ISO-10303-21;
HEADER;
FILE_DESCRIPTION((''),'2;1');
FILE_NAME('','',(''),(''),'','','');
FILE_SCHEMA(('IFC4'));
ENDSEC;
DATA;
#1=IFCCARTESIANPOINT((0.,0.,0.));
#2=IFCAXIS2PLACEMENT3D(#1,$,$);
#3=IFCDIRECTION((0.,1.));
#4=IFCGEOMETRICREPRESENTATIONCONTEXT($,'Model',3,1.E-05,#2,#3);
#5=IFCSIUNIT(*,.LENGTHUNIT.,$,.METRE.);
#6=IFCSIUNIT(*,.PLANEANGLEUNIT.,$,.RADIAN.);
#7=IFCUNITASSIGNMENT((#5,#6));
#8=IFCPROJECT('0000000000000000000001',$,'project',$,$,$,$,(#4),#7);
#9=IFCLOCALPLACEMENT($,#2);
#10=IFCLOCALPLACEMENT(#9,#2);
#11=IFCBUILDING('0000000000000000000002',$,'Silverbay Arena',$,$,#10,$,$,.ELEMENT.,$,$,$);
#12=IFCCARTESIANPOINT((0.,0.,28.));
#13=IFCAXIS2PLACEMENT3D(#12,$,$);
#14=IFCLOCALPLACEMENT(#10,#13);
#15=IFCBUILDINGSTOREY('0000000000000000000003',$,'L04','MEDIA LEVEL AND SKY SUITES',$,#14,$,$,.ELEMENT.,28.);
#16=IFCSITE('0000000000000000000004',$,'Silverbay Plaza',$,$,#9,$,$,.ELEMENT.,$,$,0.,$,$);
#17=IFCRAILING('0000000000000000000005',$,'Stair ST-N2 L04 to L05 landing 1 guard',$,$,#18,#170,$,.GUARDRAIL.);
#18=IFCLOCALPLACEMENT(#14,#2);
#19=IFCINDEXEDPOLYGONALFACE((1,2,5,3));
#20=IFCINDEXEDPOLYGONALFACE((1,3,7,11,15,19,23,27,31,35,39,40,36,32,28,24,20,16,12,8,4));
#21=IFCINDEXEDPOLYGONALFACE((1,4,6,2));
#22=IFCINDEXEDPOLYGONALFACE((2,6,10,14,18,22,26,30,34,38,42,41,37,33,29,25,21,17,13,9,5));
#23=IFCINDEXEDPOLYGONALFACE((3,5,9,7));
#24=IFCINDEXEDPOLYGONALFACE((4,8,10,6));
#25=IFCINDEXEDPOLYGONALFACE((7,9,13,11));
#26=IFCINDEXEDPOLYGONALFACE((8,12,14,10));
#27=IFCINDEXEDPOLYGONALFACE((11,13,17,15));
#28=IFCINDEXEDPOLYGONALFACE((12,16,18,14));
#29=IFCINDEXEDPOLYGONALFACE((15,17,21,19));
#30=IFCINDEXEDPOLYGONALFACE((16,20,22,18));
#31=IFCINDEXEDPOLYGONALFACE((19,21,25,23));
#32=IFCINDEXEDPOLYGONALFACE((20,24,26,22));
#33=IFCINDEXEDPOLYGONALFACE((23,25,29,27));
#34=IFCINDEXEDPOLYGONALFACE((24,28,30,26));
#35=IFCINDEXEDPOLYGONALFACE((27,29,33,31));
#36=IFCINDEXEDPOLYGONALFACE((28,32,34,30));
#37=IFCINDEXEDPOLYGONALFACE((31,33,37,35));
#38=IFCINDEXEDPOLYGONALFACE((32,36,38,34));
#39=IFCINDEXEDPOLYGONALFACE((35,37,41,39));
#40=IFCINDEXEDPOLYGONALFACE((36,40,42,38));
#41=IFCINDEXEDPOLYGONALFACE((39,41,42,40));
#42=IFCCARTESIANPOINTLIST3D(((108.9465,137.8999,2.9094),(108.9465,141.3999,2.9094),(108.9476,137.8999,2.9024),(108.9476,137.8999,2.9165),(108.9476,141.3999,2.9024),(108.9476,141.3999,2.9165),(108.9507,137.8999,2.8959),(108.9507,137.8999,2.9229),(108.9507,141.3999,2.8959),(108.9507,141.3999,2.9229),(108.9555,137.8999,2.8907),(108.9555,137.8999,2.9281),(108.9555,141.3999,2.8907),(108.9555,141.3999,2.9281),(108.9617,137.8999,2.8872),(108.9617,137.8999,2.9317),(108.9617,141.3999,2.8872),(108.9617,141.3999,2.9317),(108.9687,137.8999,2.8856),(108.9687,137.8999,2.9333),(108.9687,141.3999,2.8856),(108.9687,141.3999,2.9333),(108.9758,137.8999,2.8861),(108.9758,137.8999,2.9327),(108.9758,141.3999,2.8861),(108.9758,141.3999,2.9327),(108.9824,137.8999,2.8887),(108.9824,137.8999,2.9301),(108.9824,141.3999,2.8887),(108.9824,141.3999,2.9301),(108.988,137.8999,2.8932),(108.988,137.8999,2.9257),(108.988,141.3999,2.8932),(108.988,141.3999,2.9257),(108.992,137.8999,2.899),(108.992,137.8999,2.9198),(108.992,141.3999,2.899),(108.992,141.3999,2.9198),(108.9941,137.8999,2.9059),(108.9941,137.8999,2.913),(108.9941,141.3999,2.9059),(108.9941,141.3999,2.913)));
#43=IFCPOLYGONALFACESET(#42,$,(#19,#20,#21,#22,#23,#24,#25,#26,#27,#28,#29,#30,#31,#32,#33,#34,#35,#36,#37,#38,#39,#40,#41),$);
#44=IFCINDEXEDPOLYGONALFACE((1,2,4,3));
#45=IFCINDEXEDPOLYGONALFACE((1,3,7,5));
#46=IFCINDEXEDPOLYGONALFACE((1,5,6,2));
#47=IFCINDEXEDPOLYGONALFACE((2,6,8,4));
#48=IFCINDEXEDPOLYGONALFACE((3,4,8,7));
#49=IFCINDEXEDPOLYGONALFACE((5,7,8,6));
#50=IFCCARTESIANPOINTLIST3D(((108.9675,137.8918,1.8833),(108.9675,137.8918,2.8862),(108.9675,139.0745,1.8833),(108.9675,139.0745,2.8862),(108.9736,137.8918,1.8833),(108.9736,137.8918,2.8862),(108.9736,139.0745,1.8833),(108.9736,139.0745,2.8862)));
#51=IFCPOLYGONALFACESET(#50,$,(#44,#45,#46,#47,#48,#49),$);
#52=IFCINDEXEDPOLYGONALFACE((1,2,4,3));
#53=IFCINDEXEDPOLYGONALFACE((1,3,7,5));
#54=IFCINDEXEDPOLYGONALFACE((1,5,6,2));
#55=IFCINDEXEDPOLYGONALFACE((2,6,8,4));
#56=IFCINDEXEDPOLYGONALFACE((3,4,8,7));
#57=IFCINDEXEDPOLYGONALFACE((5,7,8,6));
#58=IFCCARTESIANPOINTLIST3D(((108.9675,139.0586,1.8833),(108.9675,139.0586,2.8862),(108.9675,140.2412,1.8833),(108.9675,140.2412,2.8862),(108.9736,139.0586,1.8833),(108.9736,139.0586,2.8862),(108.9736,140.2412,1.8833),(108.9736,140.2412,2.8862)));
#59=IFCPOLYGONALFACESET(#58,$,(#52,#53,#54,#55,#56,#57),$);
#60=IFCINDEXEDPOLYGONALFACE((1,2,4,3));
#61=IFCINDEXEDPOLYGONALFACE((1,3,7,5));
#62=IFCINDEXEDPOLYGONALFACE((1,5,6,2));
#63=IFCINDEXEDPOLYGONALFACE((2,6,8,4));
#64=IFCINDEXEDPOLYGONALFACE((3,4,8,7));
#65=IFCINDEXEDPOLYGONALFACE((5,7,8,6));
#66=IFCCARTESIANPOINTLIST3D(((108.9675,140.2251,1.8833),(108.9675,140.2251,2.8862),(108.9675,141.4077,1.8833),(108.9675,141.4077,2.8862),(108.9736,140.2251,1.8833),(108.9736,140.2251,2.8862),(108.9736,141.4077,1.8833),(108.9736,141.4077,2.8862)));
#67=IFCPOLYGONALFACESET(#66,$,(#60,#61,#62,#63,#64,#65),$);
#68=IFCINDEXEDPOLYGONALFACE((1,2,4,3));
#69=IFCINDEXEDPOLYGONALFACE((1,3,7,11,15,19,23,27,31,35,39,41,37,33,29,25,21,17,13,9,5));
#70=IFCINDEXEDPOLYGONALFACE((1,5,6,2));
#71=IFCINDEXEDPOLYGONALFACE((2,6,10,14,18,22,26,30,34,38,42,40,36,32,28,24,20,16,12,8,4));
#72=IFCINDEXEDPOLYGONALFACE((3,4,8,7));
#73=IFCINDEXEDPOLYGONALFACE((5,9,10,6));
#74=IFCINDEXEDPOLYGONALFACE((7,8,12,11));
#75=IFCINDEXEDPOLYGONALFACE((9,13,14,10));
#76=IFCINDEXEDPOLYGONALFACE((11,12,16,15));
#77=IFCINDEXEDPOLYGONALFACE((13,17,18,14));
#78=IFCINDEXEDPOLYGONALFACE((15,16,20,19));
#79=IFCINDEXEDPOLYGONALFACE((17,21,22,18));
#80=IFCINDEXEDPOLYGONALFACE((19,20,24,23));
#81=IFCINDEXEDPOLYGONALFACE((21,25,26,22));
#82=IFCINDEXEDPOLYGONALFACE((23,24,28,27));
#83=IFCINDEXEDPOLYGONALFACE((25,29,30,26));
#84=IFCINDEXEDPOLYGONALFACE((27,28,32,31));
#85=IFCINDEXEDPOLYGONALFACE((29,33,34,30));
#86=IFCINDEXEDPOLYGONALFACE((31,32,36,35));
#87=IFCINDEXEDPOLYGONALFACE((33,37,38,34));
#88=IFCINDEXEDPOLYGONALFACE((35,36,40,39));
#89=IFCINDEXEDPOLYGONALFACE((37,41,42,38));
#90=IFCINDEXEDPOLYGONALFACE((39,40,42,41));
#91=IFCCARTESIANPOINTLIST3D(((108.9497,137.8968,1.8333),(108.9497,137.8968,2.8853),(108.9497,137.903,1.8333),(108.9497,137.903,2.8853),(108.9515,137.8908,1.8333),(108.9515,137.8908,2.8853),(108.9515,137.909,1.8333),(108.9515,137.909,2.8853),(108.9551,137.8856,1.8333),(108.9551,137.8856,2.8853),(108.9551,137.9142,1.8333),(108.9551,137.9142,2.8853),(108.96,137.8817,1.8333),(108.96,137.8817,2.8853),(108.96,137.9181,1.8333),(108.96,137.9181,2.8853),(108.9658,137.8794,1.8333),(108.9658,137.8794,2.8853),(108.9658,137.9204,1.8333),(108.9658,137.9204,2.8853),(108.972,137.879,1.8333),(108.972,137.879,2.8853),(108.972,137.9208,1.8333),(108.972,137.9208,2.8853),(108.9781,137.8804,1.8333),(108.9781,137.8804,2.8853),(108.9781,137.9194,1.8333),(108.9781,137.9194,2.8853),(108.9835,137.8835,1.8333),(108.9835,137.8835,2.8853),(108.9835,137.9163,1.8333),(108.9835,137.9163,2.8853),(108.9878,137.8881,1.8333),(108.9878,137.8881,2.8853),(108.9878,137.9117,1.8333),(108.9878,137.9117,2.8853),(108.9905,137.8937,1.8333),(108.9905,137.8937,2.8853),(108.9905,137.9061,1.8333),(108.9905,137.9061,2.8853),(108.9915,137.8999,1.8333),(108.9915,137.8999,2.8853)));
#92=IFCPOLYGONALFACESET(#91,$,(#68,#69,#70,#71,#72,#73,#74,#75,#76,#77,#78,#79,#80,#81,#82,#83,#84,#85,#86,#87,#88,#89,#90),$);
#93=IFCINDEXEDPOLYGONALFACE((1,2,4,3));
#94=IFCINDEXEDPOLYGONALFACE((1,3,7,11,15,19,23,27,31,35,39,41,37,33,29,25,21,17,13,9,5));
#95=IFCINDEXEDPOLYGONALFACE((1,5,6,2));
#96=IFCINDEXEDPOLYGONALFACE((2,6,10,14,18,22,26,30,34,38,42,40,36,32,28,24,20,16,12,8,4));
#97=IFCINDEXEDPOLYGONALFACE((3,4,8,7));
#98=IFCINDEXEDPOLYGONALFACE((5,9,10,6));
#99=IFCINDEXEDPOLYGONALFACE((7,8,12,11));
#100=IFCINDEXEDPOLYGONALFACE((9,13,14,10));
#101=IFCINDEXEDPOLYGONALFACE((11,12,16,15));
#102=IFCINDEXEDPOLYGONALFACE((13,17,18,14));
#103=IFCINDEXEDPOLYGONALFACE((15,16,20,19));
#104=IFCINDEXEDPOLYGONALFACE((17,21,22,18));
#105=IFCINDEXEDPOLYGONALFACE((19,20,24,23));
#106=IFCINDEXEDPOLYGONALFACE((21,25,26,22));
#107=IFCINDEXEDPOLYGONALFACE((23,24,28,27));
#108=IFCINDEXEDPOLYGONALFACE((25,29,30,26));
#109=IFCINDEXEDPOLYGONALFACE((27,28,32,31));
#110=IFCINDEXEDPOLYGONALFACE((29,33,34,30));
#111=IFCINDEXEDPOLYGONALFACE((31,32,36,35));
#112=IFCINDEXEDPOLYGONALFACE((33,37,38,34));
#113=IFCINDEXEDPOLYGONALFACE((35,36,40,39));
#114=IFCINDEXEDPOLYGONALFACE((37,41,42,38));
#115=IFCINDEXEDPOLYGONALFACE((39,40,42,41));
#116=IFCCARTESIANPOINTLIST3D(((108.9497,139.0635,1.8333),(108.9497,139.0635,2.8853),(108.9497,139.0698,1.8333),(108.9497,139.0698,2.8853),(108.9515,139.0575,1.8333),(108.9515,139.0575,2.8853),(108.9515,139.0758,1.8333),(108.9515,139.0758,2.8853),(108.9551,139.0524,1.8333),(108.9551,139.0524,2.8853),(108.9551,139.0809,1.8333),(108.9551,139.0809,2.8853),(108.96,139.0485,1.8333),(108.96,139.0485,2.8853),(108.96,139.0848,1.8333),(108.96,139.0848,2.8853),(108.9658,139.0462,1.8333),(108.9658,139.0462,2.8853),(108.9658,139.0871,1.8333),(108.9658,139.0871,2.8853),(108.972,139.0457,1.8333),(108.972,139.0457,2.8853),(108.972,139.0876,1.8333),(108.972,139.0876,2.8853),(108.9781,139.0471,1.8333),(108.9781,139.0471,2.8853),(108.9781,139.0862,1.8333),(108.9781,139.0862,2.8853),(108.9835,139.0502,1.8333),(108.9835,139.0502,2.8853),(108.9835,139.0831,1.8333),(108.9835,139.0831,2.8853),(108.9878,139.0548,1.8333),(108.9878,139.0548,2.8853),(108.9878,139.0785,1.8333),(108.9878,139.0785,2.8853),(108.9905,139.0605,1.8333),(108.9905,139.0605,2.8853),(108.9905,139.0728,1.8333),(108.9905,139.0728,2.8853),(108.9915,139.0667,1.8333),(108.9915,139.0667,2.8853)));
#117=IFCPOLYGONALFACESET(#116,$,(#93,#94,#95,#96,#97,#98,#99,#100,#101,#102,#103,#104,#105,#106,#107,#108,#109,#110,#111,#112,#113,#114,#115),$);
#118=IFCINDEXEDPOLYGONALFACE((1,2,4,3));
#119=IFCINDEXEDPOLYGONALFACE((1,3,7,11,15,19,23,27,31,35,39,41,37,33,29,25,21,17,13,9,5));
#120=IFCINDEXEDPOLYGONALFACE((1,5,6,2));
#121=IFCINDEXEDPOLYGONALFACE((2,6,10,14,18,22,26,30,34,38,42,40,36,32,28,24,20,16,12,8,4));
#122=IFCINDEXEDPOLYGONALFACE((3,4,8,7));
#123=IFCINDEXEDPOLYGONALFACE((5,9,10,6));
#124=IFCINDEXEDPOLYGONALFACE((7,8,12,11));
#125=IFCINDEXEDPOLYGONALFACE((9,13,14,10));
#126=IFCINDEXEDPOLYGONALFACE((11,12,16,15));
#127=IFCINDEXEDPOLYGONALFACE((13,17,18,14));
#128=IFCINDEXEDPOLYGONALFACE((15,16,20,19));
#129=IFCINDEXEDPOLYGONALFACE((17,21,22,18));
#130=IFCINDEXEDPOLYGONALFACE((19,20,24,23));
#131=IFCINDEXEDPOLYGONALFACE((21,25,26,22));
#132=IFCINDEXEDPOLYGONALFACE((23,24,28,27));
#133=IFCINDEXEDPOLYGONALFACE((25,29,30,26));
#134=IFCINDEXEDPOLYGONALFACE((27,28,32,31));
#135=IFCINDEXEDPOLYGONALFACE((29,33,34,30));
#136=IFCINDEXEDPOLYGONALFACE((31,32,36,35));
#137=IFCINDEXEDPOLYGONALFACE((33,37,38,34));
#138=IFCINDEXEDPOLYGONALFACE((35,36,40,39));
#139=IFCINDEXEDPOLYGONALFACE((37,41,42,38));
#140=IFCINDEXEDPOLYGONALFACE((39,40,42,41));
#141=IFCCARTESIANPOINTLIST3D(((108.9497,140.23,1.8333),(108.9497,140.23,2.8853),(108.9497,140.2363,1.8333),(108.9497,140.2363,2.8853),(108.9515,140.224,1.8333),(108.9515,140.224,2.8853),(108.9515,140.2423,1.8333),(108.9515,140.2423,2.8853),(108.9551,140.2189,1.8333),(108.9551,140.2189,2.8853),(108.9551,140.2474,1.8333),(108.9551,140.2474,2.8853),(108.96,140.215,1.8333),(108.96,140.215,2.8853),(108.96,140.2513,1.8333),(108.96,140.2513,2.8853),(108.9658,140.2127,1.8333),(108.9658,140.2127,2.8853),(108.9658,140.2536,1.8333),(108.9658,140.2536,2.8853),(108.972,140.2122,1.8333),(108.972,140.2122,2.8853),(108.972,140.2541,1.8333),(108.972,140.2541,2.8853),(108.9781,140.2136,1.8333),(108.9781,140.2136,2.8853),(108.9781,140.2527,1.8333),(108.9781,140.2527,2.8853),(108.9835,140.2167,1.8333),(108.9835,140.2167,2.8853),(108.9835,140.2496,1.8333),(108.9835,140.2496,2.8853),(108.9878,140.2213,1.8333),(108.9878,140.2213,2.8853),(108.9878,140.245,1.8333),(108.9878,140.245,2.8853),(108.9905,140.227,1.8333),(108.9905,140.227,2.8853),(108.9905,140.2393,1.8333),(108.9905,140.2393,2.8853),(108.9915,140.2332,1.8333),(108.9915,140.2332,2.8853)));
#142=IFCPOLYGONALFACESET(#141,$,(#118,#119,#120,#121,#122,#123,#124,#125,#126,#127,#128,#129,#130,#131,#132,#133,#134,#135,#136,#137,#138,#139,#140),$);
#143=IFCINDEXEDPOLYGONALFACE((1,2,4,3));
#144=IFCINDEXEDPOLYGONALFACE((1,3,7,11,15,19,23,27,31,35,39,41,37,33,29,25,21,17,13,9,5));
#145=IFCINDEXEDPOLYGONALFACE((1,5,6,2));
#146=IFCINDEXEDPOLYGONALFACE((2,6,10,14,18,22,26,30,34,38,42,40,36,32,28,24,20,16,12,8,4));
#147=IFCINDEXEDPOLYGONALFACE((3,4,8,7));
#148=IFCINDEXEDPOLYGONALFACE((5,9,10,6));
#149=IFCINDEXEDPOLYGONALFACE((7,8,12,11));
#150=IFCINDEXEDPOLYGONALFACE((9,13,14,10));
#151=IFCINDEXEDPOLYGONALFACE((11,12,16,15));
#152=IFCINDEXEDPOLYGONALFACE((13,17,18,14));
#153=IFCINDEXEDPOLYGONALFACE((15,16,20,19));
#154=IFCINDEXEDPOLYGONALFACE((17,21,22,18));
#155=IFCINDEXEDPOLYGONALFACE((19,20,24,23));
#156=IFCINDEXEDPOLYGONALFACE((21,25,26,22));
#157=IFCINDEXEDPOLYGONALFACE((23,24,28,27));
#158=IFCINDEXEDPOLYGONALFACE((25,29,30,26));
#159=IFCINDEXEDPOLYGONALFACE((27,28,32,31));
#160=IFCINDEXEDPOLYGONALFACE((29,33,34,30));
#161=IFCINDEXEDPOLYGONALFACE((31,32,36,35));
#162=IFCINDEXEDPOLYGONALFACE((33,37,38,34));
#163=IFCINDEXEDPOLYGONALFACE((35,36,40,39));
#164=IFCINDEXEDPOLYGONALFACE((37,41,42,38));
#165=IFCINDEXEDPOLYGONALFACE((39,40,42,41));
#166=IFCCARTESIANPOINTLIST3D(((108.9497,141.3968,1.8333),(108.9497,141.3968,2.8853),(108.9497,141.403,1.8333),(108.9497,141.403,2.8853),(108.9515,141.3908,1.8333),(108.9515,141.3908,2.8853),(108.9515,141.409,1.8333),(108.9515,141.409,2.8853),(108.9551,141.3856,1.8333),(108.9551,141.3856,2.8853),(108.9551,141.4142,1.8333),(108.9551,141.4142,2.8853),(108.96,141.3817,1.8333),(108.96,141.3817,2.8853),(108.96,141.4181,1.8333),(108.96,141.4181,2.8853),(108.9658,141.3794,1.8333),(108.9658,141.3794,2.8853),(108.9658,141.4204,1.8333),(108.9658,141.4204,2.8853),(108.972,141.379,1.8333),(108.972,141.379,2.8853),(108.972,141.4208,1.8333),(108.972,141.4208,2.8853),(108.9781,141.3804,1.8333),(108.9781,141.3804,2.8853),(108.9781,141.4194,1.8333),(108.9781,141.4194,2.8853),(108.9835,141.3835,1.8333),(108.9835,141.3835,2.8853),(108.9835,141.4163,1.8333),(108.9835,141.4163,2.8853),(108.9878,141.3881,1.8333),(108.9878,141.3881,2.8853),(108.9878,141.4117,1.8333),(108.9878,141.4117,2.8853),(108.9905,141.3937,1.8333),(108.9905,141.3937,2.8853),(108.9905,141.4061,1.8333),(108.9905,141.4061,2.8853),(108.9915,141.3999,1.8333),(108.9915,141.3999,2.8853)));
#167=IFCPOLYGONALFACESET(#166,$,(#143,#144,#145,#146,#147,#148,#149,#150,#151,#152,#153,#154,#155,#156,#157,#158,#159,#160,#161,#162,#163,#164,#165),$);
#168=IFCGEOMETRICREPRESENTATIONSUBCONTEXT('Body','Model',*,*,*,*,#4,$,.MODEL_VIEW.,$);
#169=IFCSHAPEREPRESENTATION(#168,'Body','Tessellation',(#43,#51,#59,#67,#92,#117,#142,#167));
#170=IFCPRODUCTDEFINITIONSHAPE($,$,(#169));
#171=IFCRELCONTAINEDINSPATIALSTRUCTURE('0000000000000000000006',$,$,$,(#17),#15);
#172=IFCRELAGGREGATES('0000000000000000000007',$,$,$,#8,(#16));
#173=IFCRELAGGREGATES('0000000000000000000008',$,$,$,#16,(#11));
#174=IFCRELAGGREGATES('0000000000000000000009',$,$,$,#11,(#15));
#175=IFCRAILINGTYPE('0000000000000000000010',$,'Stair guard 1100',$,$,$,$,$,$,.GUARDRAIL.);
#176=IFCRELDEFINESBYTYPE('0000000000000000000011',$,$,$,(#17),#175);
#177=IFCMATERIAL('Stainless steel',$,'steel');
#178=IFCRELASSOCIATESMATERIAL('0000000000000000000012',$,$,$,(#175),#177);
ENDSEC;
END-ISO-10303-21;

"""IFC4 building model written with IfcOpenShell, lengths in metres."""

from ifc_helpers import new_model, si_unit, direction, frame, origin, origin_2d, place, context, subcontext, project, spatial, polyline, circle, outline, extrude, material, type_object, element, save


model = new_model("IFC4")

# Units and contexts
model_context = context("Model", 3, precision=1e-05, world=origin(), true_north=direction((0.0, 1.0)))
body_context = subcontext(model_context, "Body", "Model", "MODEL_VIEW")
ifc_project = project(units=[si_unit("LENGTHUNIT", "METRE"), si_unit("PLANEANGLEUNIT", "RADIAN")], contexts=[model_context])

# Site, building, storey
site_placement = place(None, origin())
site = spatial("IfcSite", under=ifc_project, at=site_placement, Name="Silverbay Plaza", CompositionType="ELEMENT", RefElevation=0.0)
building_placement = place(site_placement, origin())
building = spatial("IfcBuilding", under=site, at=building_placement, Name="Silverbay Arena", CompositionType="ELEMENT")
storey_placement = place(building_placement, frame((0.0, 0.0, 28.0)))
storey = spatial("IfcBuildingStorey", under=building, at=storey_placement, Name="L04", Description="MEDIA LEVEL AND SKY SUITES", CompositionType="ELEMENT", Elevation=28.0)

# Railing
ifc_material_1 = material(Name="Stainless steel", Category="steel")
railing_type_1 = type_object("IfcRailingType", Name="Stair guard 1100", PredefinedType="GUARDRAIL", material=ifc_material_1)
for number, where, name in (
    (1, (108.9705, 137.8999, 1.8333), "Stair ST-N2 L04 to L05 landing 1 guard"),
):
    element("IfcRailing", number, at=place(storey_placement, frame(where)), inside=storey, type_object=railing_type_1, Name=name, PredefinedType="GUARDRAIL", context=body_context, shape_type="SweptSolid", body=[
        extrude(circle(Radius=0.0239, at=origin_2d()), frame((0.0, 0.0, 1.0762), z_axis=(0.0, 1.0, 0.0), x_axis=(-1.0, 0.0, 0.0)), (0.0, 0.0, 1.0), 3.5),
        extrude(outline(polyline([(-0.0081, 0.05), (1.1746, 0.05), (1.1746, 1.053), (-0.0081, 1.053), (-0.0081, 0.05)])), frame((-0.0029, 0.0, 0.0), z_axis=(1.0, 0.0, 0.0), x_axis=(0.0, 1.0, 0.0)), (0.0, 0.0, 1.0), 0.0061),
        extrude(outline(polyline([(-0.0081, 0.05), (1.1746, 0.05), (1.1746, 1.053), (-0.0081, 1.053), (-0.0081, 0.05)])), frame((-0.0029, 1.1667, 0.0), z_axis=(1.0, 0.0, 0.0), x_axis=(0.0, 1.0, 0.0)), (0.0, 0.0, 1.0), 0.0061),
        extrude(outline(polyline([(-0.0081, 0.05), (1.1746, 0.05), (1.1746, 1.053), (-0.0081, 1.053), (-0.0081, 0.05)])), frame((-0.0029, 2.3333, 0.0), z_axis=(1.0, 0.0, 0.0), x_axis=(0.0, 1.0, 0.0)), (0.0, 0.0, 1.0), 0.0061),
        extrude(circle(Radius=0.021, at=origin_2d()), origin(), (0.0, 0.0, 1.0), 1.052),
        extrude(circle(Radius=0.021, at=origin_2d()), frame((0.0, 1.1667, 0.0)), (0.0, 0.0, 1.0), 1.052),
        extrude(circle(Radius=0.021, at=origin_2d()), frame((0.0, 2.3333, 0.0)), (0.0, 0.0, 1.0), 1.052),
        extrude(circle(Radius=0.021, at=origin_2d()), frame((0.0, 3.5, 0.0)), (0.0, 0.0, 1.0), 1.052),
    ])

save(model, "model.ifc")
